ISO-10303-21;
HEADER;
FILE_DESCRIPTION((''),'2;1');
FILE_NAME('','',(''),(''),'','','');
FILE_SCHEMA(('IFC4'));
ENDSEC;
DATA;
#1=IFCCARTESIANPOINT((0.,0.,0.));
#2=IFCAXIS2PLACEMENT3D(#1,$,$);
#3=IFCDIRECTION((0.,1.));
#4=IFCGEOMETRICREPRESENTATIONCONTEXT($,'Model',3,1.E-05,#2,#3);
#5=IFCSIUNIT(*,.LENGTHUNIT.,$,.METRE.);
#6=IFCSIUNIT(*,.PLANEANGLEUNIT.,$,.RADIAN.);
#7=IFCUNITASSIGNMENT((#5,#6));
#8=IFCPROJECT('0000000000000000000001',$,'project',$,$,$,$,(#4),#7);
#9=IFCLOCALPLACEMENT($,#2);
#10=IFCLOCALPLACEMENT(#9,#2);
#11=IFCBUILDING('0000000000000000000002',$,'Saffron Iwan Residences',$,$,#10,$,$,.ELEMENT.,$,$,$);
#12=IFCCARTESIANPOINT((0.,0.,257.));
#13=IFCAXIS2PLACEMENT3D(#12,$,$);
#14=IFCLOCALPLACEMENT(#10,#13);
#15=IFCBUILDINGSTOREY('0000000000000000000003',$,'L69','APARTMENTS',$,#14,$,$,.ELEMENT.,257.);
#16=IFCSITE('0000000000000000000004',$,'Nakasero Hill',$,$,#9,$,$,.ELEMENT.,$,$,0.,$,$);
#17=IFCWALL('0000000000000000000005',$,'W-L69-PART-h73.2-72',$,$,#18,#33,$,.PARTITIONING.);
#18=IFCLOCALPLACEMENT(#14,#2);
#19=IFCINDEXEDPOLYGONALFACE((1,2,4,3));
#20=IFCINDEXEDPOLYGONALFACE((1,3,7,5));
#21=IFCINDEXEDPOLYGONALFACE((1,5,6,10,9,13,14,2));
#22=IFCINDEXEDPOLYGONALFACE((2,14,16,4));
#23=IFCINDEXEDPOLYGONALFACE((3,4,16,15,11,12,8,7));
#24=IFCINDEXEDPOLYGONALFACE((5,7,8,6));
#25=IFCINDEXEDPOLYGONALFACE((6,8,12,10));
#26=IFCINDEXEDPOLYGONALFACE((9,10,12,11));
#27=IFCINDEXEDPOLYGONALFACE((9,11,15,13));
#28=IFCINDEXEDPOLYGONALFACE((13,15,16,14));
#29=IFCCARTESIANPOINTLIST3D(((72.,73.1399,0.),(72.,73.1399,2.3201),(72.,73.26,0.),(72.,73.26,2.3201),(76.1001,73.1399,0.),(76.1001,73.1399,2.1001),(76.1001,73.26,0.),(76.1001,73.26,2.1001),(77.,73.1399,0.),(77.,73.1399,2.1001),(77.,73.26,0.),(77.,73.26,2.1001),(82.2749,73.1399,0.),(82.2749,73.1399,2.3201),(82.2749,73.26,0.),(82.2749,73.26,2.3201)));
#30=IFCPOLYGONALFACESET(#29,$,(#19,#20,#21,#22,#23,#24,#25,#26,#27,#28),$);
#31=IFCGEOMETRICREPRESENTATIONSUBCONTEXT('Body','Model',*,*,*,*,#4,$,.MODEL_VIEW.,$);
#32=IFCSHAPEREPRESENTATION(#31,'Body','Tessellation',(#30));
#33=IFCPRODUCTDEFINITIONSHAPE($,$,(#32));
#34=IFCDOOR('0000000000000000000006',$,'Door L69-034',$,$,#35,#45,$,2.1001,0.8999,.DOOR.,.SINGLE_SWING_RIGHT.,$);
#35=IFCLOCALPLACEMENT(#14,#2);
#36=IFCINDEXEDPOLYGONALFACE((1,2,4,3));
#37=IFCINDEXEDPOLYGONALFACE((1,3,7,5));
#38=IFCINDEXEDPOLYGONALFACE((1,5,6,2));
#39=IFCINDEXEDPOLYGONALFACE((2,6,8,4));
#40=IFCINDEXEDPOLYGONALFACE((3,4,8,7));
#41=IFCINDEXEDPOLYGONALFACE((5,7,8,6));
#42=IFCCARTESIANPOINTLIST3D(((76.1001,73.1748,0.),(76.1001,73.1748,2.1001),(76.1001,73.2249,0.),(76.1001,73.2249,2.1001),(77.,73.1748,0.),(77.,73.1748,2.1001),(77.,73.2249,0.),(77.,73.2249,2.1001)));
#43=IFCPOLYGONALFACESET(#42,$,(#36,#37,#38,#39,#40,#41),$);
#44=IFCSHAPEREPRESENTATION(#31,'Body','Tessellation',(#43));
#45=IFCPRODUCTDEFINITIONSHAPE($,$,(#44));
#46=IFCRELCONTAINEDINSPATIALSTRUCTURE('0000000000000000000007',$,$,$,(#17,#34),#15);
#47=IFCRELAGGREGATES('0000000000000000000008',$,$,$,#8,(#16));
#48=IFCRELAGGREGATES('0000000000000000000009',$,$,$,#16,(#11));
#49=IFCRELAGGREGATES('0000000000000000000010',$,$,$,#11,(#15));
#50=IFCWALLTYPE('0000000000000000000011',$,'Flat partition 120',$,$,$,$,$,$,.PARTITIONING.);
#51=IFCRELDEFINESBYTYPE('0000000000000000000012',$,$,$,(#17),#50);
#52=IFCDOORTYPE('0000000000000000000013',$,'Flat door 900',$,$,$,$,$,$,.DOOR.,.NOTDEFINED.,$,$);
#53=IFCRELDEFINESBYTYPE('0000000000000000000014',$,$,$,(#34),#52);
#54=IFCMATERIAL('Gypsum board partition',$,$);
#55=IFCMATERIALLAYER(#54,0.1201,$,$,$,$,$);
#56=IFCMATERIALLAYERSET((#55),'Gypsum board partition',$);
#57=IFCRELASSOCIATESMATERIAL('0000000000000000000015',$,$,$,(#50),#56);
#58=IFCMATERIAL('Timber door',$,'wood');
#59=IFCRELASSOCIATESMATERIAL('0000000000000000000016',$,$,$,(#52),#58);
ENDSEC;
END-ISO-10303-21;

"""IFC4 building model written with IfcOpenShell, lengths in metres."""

from ifc_helpers import new_model, si_unit, direction, frame, frame_2d, origin, place, context, subcontext, project, spatial, rectangle, extrude, material, layer, layer_set, type_object, element, fill, save


model = new_model("IFC4")

# Units and contexts
model_context = context("Model", 3, precision=1e-05, world=origin(), true_north=direction((0.0, 1.0)))
body_context = subcontext(model_context, "Body", "Model", "MODEL_VIEW")
ifc_project = project(units=[si_unit("LENGTHUNIT", "METRE"), si_unit("PLANEANGLEUNIT", "RADIAN")], contexts=[model_context])

# Site, building, storey
site_placement = place(None, origin())
site = spatial("IfcSite", under=ifc_project, at=site_placement, Name="Nakasero Hill", CompositionType="ELEMENT", RefElevation=0.0)
building_placement = place(site_placement, origin())
building = spatial("IfcBuilding", under=site, at=building_placement, Name="Saffron Iwan Residences", CompositionType="ELEMENT")
storey_placement = place(building_placement, frame((0.0, 0.0, 257.0)))
storey = spatial("IfcBuildingStorey", under=building, at=storey_placement, Name="L69", Description="APARTMENTS", CompositionType="ELEMENT", Elevation=257.0)

# Wall, opening, door
ifc_material_1 = material(Name="Gypsum board partition")
ifc_layer_1 = layer(ifc_material_1, 0.1201)
ifc_layer_set_1 = layer_set([ifc_layer_1], Name="Gypsum board partition")
wall_type_1 = type_object("IfcWallType", Name="Flat partition 120", PredefinedType="PARTITIONING", material=ifc_layer_set_1)
wall_1_placement = place(storey_placement, frame((72.0, 73.2, 0.0), z_axis=(0.0, 0.0, 1.0), x_axis=(1.0, 0.0, 0.0)))
wall_1 = element("IfcWall", 1, at=wall_1_placement, inside=storey, type_object=wall_type_1, Name="W-L69-PART-h73.2-72", PredefinedType="PARTITIONING", context=body_context, shape_type="SweptSolid", body=[
    extrude(rectangle(XDim=10.2749, YDim=0.1201, at=frame_2d((5.1375, 0.0))), origin(), (0.0, 0.0, 1.0), 2.3201),
])
opening_1_placement = place(wall_1_placement, frame((4.1001, 0.0, 0.0)))
opening_1 = element("IfcOpeningElement", 2, at=opening_1_placement, cuts=wall_1, PredefinedType="OPENING", context=body_context, shape_type="SweptSolid", body=[
    extrude(rectangle(XDim=0.8999, YDim=2.1001, at=frame_2d((0.45, 1.05))), frame((0.0, 0.0701, 0.0), z_axis=(0.0, -1.0, 0.0), x_axis=(1.0, 0.0, 0.0)), (0.0, 0.0, 1.0), 0.1401),
])
ifc_material_2 = material(Name="Timber door", Category="wood")
door_type_1 = type_object("IfcDoorType", Name="Flat door 900", OperationType="NOTDEFINED", PredefinedType="DOOR", material=ifc_material_2)
door_1_placement = place(opening_1_placement, origin())
door_1 = element("IfcDoor", 3, at=door_1_placement, inside=storey, type_object=door_type_1, Name="Door L69-034", OperationType="SINGLE_SWING_RIGHT", OverallHeight=2.1001, OverallWidth=0.8999, PredefinedType="DOOR", context=body_context, shape_type="SweptSolid", body=[
    extrude(rectangle(XDim=0.8999, YDim=2.1001, at=frame_2d((0.45, 1.05))), frame((0.0, 0.0249, 0.0), z_axis=(0.0, -1.0, 0.0), x_axis=(1.0, 0.0, 0.0)), (0.0, 0.0, 1.0), 0.05),
])
fill(opening_1, door_1)

save(model, "model.ifc")
